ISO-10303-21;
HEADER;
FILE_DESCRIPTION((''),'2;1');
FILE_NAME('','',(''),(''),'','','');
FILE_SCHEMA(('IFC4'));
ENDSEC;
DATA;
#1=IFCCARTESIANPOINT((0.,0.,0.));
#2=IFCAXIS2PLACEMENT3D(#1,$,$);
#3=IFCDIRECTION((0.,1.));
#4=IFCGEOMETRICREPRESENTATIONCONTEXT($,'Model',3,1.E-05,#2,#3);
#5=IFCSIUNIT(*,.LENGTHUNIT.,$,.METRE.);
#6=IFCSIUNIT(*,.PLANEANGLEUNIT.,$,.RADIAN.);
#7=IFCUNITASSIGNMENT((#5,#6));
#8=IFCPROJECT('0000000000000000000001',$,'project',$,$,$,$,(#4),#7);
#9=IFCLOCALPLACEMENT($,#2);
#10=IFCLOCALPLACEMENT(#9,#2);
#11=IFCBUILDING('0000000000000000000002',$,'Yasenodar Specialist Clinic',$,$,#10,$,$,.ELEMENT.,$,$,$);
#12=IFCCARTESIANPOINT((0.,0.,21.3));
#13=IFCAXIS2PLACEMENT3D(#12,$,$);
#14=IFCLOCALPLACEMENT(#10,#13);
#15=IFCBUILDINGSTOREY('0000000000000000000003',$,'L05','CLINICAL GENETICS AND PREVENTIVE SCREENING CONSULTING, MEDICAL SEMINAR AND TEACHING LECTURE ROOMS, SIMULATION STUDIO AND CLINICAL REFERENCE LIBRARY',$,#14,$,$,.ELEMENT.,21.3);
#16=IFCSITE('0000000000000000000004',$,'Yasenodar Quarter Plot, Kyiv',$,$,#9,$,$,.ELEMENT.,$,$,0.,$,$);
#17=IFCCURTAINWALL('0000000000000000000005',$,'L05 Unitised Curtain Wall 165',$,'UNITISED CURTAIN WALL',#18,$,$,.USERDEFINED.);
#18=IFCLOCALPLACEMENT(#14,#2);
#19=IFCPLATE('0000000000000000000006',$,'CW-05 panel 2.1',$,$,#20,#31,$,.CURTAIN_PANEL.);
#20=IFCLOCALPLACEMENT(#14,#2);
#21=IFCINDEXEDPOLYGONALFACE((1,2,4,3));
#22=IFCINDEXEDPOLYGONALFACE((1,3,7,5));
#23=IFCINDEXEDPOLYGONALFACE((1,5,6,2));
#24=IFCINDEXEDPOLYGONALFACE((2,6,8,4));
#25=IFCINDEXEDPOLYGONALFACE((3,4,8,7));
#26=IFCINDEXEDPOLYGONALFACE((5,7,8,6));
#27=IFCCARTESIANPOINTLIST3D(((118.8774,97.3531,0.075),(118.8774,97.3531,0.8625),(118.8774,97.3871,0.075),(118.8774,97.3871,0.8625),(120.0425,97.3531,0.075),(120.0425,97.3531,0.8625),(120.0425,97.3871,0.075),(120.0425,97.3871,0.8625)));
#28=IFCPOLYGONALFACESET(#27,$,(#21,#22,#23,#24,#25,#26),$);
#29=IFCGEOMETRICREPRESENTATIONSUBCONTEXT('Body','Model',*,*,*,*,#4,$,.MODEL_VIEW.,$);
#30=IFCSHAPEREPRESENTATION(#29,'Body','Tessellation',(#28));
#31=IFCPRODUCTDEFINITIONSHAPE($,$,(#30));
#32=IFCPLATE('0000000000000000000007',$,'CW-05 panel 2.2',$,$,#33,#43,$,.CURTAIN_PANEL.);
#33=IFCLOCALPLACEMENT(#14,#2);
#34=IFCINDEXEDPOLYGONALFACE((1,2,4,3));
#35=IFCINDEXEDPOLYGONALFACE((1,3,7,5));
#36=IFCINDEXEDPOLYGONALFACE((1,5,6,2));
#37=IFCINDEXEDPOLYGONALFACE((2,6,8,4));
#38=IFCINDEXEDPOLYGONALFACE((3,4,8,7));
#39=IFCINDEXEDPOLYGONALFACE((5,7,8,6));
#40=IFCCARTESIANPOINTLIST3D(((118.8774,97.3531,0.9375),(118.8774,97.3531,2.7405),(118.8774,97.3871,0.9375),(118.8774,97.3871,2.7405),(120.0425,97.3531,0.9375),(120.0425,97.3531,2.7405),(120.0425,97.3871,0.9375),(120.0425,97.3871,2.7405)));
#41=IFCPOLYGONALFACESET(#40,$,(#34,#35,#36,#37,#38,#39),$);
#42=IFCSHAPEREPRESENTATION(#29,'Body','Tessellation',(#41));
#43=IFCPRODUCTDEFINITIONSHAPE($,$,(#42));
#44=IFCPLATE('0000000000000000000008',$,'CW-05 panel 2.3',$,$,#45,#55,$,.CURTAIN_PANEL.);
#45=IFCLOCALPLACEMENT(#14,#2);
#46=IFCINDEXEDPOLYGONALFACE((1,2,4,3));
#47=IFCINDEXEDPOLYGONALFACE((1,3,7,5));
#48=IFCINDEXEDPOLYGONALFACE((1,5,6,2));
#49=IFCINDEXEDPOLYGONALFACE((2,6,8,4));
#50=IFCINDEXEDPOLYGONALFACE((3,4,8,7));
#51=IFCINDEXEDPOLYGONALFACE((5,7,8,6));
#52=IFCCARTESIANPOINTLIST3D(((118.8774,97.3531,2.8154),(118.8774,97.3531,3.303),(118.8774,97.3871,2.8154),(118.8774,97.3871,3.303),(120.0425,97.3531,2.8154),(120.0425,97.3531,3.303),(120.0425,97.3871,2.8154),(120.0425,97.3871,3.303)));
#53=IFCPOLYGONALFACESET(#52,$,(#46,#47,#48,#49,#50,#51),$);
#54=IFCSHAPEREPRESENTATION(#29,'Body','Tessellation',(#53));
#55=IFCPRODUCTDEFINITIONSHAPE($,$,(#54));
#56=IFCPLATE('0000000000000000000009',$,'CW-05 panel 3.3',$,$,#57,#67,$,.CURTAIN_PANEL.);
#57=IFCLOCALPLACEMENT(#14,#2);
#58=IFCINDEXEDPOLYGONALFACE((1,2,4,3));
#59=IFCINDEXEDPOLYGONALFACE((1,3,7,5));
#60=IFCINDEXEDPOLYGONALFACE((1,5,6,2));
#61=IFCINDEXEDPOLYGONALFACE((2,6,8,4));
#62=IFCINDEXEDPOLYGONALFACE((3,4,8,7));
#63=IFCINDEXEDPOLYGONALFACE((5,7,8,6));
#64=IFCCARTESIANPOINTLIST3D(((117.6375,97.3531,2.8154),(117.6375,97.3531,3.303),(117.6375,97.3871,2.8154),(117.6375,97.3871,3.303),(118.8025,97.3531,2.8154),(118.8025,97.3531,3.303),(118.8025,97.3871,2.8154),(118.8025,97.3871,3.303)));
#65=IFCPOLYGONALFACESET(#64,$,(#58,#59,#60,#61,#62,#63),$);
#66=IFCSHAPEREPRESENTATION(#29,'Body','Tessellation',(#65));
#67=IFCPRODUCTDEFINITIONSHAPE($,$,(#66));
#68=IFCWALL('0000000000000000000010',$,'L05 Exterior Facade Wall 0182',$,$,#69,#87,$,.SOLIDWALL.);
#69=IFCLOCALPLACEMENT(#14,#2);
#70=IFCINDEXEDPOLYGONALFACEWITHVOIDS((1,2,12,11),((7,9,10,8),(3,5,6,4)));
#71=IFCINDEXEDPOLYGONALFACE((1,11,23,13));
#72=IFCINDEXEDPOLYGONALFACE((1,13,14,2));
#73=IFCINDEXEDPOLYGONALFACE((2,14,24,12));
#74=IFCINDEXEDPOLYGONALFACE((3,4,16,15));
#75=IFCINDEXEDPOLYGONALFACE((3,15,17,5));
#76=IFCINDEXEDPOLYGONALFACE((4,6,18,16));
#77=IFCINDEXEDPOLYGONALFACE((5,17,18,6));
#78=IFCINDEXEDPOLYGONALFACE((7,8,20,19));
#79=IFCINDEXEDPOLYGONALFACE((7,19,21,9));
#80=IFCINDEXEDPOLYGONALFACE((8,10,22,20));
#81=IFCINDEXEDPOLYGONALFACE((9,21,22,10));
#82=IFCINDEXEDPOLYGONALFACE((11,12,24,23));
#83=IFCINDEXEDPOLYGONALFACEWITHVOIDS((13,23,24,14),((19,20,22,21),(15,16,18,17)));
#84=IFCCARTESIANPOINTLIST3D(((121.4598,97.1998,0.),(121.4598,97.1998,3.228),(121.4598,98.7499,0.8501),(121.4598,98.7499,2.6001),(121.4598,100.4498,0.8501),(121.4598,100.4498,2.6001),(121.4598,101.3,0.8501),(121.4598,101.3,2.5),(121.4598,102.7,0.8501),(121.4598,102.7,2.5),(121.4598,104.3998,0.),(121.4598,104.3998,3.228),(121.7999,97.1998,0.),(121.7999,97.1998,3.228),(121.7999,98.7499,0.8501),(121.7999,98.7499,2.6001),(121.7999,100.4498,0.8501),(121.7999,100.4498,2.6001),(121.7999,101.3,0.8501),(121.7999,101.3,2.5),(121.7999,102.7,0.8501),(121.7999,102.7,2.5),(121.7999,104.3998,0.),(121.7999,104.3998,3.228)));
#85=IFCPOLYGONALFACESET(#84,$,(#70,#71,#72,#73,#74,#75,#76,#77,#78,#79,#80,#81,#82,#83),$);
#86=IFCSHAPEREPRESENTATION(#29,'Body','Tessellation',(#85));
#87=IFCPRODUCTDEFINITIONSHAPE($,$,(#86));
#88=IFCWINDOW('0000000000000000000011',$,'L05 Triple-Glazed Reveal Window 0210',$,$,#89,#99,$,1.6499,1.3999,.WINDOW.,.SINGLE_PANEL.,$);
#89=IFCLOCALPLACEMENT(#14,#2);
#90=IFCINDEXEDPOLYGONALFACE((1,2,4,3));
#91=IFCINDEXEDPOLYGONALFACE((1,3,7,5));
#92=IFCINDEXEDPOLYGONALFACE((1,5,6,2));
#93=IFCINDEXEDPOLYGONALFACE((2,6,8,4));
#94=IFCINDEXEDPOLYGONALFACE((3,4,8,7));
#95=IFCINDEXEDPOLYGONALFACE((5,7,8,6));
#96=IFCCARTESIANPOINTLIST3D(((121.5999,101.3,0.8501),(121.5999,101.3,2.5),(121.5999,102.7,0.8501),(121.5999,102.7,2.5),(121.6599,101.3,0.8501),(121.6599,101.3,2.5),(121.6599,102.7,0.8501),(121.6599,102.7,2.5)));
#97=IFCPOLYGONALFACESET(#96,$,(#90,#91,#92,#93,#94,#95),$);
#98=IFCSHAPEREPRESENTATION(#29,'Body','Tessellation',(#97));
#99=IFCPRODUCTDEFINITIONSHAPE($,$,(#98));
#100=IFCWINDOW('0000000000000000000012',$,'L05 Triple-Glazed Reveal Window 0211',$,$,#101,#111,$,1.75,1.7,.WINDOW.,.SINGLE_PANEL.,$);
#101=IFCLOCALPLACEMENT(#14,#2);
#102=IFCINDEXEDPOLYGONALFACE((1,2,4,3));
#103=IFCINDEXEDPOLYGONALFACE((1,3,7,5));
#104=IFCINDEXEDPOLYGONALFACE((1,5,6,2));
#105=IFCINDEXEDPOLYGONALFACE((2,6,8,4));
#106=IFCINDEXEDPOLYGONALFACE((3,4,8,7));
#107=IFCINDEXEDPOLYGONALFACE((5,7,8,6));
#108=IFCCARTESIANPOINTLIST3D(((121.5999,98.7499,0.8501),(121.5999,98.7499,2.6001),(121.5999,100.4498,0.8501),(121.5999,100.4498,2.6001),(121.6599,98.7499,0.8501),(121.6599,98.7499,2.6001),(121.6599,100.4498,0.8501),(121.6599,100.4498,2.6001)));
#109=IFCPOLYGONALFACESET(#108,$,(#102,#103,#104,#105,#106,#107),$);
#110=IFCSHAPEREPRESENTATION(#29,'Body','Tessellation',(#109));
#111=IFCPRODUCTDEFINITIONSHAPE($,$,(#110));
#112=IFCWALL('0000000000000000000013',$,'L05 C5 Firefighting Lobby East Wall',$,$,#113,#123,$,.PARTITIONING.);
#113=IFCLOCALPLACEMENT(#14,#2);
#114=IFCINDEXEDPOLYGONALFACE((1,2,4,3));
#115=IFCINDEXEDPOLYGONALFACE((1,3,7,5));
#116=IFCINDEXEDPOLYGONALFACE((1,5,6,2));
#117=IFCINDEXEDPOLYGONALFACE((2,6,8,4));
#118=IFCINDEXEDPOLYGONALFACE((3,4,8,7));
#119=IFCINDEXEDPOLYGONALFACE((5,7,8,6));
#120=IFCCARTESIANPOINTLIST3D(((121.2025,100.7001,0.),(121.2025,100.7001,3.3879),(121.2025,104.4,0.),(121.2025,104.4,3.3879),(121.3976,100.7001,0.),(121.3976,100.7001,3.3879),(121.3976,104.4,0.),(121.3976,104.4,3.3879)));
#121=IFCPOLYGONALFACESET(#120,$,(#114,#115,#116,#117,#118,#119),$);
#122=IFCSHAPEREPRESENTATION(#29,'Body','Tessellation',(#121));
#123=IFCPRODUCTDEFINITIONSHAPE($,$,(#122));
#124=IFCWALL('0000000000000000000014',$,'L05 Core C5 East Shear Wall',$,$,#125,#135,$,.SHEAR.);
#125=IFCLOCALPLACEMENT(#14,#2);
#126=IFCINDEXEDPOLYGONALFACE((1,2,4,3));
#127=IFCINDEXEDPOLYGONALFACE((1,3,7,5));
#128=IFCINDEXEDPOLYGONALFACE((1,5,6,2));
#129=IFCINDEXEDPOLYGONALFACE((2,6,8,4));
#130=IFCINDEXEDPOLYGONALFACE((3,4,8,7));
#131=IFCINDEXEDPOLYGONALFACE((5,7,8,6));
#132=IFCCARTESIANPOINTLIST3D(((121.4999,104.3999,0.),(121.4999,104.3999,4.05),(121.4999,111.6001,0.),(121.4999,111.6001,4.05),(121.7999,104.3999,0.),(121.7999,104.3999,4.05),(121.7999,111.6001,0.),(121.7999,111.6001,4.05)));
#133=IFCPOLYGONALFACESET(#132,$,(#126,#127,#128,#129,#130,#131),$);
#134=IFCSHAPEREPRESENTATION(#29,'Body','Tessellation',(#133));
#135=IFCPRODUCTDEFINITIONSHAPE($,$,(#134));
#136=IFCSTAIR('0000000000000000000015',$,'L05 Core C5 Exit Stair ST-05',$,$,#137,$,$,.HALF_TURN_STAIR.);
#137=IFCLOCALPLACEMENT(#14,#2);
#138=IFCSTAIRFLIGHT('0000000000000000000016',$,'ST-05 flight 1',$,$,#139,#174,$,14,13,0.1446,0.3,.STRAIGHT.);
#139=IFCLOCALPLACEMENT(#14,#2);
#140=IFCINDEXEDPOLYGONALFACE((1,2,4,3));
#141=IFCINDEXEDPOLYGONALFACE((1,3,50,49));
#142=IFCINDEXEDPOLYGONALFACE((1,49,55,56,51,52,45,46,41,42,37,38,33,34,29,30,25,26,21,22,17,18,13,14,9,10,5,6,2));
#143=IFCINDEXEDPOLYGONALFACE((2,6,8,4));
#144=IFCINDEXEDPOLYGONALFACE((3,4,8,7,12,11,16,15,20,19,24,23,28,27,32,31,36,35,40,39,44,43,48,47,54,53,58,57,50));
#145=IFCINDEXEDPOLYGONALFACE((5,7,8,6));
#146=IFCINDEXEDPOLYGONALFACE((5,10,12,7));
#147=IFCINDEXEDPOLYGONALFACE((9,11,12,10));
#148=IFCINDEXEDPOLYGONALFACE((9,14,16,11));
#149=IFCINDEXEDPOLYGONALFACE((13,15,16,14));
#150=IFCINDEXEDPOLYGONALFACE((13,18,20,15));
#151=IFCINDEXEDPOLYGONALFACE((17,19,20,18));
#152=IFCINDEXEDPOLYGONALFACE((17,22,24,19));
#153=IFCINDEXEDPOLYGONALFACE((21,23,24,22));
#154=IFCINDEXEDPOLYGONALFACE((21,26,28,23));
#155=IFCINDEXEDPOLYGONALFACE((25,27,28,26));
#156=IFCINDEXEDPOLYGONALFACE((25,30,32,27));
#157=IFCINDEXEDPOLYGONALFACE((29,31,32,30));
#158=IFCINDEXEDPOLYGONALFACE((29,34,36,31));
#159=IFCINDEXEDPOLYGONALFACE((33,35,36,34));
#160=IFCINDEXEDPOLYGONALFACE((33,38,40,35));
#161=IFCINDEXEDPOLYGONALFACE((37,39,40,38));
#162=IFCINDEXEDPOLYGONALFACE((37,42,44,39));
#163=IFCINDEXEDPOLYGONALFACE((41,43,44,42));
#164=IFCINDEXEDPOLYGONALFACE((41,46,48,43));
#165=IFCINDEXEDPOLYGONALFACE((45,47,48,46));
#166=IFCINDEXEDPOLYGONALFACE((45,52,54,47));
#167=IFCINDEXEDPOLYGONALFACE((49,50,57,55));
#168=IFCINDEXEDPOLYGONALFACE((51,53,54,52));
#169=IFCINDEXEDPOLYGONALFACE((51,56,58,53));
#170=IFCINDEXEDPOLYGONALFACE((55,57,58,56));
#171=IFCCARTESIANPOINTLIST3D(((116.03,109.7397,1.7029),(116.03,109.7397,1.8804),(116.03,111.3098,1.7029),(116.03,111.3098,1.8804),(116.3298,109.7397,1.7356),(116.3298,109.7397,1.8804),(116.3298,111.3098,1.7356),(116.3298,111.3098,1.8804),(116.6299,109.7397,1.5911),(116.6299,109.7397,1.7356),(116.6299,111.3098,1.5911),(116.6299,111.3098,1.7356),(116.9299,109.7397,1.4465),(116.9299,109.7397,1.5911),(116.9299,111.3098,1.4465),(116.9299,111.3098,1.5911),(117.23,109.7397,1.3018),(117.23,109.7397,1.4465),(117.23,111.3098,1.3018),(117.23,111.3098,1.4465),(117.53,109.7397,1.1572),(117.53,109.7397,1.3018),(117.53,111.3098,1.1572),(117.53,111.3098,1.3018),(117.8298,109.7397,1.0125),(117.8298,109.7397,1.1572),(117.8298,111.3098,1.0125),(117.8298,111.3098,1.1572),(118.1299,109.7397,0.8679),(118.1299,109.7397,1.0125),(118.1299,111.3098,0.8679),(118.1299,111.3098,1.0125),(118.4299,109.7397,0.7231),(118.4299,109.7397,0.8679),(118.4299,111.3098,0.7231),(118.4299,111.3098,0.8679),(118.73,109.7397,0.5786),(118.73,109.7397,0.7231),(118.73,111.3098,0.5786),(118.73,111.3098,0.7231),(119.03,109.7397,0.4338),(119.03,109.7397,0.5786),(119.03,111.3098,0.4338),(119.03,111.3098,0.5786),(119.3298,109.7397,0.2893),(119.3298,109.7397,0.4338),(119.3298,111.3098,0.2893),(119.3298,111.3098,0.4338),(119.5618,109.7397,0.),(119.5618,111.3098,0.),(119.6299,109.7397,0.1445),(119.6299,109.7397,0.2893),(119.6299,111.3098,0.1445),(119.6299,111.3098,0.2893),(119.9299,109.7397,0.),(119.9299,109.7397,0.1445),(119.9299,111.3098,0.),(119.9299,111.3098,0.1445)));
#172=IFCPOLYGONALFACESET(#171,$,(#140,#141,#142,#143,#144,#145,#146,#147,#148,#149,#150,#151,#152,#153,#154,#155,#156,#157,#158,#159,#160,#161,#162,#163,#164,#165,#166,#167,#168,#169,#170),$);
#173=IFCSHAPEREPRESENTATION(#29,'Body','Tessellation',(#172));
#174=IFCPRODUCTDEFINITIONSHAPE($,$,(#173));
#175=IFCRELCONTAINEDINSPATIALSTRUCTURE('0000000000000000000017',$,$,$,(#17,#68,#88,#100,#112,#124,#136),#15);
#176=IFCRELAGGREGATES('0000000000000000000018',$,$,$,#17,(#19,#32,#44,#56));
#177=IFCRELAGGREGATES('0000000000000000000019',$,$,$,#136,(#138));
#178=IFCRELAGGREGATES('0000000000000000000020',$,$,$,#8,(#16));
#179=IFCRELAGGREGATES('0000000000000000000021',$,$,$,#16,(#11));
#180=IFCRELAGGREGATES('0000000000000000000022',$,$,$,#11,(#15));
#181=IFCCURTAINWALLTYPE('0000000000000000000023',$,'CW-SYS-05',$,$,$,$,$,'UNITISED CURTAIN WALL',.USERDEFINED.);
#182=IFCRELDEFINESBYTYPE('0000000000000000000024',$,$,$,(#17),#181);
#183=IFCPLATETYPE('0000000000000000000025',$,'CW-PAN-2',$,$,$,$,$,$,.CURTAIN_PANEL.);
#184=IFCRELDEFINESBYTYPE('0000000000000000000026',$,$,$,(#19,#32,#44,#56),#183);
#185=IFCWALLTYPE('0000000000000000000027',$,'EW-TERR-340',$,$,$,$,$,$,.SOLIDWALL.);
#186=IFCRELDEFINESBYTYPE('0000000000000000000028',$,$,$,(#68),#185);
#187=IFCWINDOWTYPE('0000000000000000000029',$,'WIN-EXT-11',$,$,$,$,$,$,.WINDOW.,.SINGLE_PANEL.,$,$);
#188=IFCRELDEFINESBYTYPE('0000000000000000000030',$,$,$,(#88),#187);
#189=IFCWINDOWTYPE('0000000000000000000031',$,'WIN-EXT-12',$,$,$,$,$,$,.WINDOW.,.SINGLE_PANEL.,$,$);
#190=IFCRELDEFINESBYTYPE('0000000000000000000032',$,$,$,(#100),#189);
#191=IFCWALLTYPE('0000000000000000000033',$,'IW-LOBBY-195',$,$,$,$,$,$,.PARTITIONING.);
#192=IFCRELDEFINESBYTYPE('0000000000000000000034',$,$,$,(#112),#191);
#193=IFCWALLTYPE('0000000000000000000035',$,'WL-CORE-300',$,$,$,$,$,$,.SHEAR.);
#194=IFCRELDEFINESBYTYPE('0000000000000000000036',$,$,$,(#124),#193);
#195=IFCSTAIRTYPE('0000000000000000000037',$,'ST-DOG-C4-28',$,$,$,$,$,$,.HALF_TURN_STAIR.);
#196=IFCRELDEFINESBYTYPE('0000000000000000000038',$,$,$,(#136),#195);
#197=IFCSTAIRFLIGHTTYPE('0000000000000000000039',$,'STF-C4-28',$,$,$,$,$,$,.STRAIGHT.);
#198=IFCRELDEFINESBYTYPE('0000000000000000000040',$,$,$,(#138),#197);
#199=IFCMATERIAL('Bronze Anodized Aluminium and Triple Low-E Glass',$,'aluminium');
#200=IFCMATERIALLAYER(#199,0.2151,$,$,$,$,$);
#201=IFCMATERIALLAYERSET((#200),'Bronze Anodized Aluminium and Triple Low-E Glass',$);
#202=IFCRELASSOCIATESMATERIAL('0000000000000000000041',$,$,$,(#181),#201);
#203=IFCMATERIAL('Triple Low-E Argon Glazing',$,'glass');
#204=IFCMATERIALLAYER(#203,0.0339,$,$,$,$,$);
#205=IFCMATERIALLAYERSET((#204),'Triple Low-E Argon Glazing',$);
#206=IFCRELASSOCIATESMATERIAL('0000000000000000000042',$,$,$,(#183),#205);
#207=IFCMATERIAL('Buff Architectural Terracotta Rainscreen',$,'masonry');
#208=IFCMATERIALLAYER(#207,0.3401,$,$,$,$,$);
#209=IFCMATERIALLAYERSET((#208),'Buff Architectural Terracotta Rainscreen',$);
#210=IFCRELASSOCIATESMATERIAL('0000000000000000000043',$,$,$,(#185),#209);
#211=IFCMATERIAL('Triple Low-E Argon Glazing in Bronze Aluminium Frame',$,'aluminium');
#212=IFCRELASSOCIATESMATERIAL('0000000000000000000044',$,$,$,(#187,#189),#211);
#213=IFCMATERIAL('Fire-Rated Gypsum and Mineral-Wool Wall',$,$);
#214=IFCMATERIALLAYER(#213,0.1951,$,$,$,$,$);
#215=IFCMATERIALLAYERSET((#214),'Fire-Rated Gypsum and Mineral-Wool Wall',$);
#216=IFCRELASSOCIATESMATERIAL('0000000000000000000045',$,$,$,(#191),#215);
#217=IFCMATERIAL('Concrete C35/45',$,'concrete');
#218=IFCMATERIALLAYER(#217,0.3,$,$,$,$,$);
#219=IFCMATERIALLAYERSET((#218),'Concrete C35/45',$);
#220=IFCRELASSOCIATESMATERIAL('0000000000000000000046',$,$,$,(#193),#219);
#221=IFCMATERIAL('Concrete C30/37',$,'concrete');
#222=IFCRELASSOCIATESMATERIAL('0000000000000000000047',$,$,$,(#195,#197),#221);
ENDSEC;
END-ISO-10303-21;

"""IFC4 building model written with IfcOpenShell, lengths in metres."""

from ifc_helpers import new_model, si_unit, direction, frame, frame_2d, origin, origin_2d, place, context, subcontext, project, spatial, polyline, rectangle, outline, extrude, material, layer, layer_set, type_object, element, fill, aggregate, save


model = new_model("IFC4")

# Units and contexts
model_context = context("Model", 3, precision=1e-05, world=origin(), true_north=direction((0.0, 1.0)))
body_context = subcontext(model_context, "Body", "Model", "MODEL_VIEW")
ifc_project = project(units=[si_unit("LENGTHUNIT", "METRE"), si_unit("PLANEANGLEUNIT", "RADIAN")], contexts=[model_context])

# Site, building, storey
site_placement = place(None, origin())
site = spatial("IfcSite", under=ifc_project, at=site_placement, Name="Yasenodar Quarter Plot, Kyiv", CompositionType="ELEMENT", RefElevation=0.0)
building_placement = place(site_placement, origin())
building = spatial("IfcBuilding", under=site, at=building_placement, Name="Yasenodar Specialist Clinic", CompositionType="ELEMENT")
storey_placement = place(building_placement, frame((0.0, 0.0, 21.3)))
storey = spatial("IfcBuildingStorey", under=building, at=storey_placement, Name="L05", Description="CLINICAL GENETICS AND PREVENTIVE SCREENING CONSULTING, MEDICAL SEMINAR AND TEACHING LECTURE ROOMS, SIMULATION STUDIO AND CLINICAL REFERENCE LIBRARY", CompositionType="ELEMENT", Elevation=21.3)

# Curtain wall, plates
ifc_material_1 = material(Name="Bronze Anodized Aluminium and Triple Low-E Glass", Category="aluminium")
ifc_layer_1 = layer(ifc_material_1, 0.2151)
ifc_layer_set_1 = layer_set([ifc_layer_1], Name="Bronze Anodized Aluminium and Triple Low-E Glass")
curtain_wall_type = type_object("IfcCurtainWallType", Name="CW-SYS-05", ElementType="UNITISED CURTAIN WALL", PredefinedType="USERDEFINED", material=ifc_layer_set_1)
curtain_wall_placement = place(storey_placement, origin())
curtain_wall = element("IfcCurtainWall", 1, at=curtain_wall_placement, inside=storey, type_object=curtain_wall_type, Name="L05 Unitised Curtain Wall 165", ObjectType="UNITISED CURTAIN WALL", PredefinedType="USERDEFINED")
ifc_material_2 = material(Name="Triple Low-E Argon Glazing", Category="glass")
ifc_layer_2 = layer(ifc_material_2, 0.0339)
ifc_layer_set_2 = layer_set([ifc_layer_2], Name="Triple Low-E Argon Glazing")
plate_type = type_object("IfcPlateType", Name="CW-PAN-2", PredefinedType="CURTAIN_PANEL", material=ifc_layer_set_2)
plate_1_placement = place(storey_placement, frame((119.46, 97.3701, 0.075), z_axis=(0.0, 0.0, 1.0), x_axis=(-1.0, 0.0, 0.0)))
plate_1 = element("IfcPlate", 2, at=plate_1_placement, type_object=plate_type, Name="CW-05 panel 2.1", PredefinedType="CURTAIN_PANEL", context=body_context, shape_type="SweptSolid", body=[
    extrude(rectangle(XDim=1.165, YDim=0.0339, at=origin_2d()), origin(), (0.0, 0.0, 1.0), 0.7876),
])
plate_2_placement = place(storey_placement, frame((119.46, 97.3701, 0.9375), z_axis=(0.0, 0.0, 1.0), x_axis=(-1.0, 0.0, 0.0)))
plate_2 = element("IfcPlate", 3, at=plate_2_placement, type_object=plate_type, Name="CW-05 panel 2.2", PredefinedType="CURTAIN_PANEL", context=body_context, shape_type="SweptSolid", body=[
    extrude(rectangle(XDim=1.165, YDim=0.0339, at=origin_2d()), origin(), (0.0, 0.0, 1.0), 1.803),
])
plate_3_placement = place(storey_placement, frame((119.46, 97.3701, 2.8154), z_axis=(0.0, 0.0, 1.0), x_axis=(-1.0, 0.0, 0.0)))
plate_3 = element("IfcPlate", 4, at=plate_3_placement, type_object=plate_type, Name="CW-05 panel 2.3", PredefinedType="CURTAIN_PANEL", context=body_context, shape_type="SweptSolid", body=[
    extrude(rectangle(XDim=1.165, YDim=0.0339, at=origin_2d()), origin(), (0.0, 0.0, 1.0), 0.4875),
])
plate_4_placement = place(storey_placement, frame((118.22, 97.3701, 2.8154), z_axis=(0.0, 0.0, 1.0), x_axis=(-1.0, 0.0, 0.0)))
plate_4 = element("IfcPlate", 5, at=plate_4_placement, type_object=plate_type, Name="CW-05 panel 3.3", PredefinedType="CURTAIN_PANEL", context=body_context, shape_type="SweptSolid", body=[
    extrude(rectangle(XDim=1.165, YDim=0.0339, at=origin_2d()), origin(), (0.0, 0.0, 1.0), 0.4875),
])
aggregate(curtain_wall, [plate_1, plate_2, plate_3, plate_4])

# Wall, openings, windows
ifc_material_3 = material(Name="Buff Architectural Terracotta Rainscreen", Category="masonry")
ifc_layer_3 = layer(ifc_material_3, 0.3401)
ifc_layer_set_3 = layer_set([ifc_layer_3], Name="Buff Architectural Terracotta Rainscreen")
wall_type_1 = type_object("IfcWallType", Name="EW-TERR-340", PredefinedType="SOLIDWALL", material=ifc_layer_set_3)
wall_1_placement = place(storey_placement, frame((121.6299, 104.3999, 0.0), z_axis=(0.0, 0.0, 1.0), x_axis=(0.0, -1.0, 0.0)))
wall_1 = element("IfcWall", 6, at=wall_1_placement, inside=storey, type_object=wall_type_1, Name="L05 Exterior Facade Wall 0182", PredefinedType="SOLIDWALL", context=body_context, shape_type="SweptSolid", body=[
    extrude(rectangle(XDim=7.2, YDim=0.3401, at=frame_2d((3.6001, 0.0))), origin(), (0.0, 0.0, 1.0), 3.228),
])
opening_1_placement = place(wall_1_placement, frame((1.7, 0.0, 0.8501)))
opening_1 = element("IfcOpeningElement", 7, at=opening_1_placement, cuts=wall_1, PredefinedType="OPENING", context=body_context, shape_type="SweptSolid", body=[
    extrude(rectangle(XDim=1.3999, YDim=1.6499, at=frame_2d((0.7, 0.825))), frame((0.0, 0.1802, 0.0), z_axis=(0.0, -1.0, 0.0), x_axis=(1.0, 0.0, 0.0)), (0.0, 0.0, 1.0), 0.3601),
])
opening_2_placement = place(wall_1_placement, frame((3.95, 0.0, 0.8501)))
opening_2 = element("IfcOpeningElement", 8, at=opening_2_placement, cuts=wall_1, PredefinedType="OPENING", context=body_context, shape_type="SweptSolid", body=[
    extrude(rectangle(XDim=1.7, YDim=1.75, at=frame_2d((0.8501, 0.875))), frame((0.0, 0.1802, 0.0), z_axis=(0.0, -1.0, 0.0), x_axis=(1.0, 0.0, 0.0)), (0.0, 0.0, 1.0), 0.3601),
])
ifc_material_4 = material(Name="Triple Low-E Argon Glazing in Bronze Aluminium Frame", Category="aluminium")
window_type_1 = type_object("IfcWindowType", Name="WIN-EXT-11", PartitioningType="SINGLE_PANEL", PredefinedType="WINDOW", material=ifc_material_4)
window_1_placement = place(opening_1_placement, origin())
window_1 = element("IfcWindow", 9, at=window_1_placement, inside=storey, type_object=window_type_1, Name="L05 Triple-Glazed Reveal Window 0210", OverallHeight=1.6499, OverallWidth=1.3999, PartitioningType="SINGLE_PANEL", PredefinedType="WINDOW", context=body_context, shape_type="SweptSolid", body=[
    extrude(rectangle(XDim=1.3999, YDim=1.6499, at=frame_2d((0.7, 0.825))), frame((0.0, 0.03, 0.0), z_axis=(0.0, -1.0, 0.0), x_axis=(1.0, 0.0, 0.0)), (0.0, 0.0, 1.0), 0.0601),
])
fill(opening_1, window_1)
window_type_2 = type_object("IfcWindowType", Name="WIN-EXT-12", PartitioningType="SINGLE_PANEL", PredefinedType="WINDOW", material=ifc_material_4)
window_2_placement = place(opening_2_placement, origin())
window_2 = element("IfcWindow", 10, at=window_2_placement, inside=storey, type_object=window_type_2, Name="L05 Triple-Glazed Reveal Window 0211", OverallHeight=1.75, OverallWidth=1.7, PartitioningType="SINGLE_PANEL", PredefinedType="WINDOW", context=body_context, shape_type="SweptSolid", body=[
    extrude(rectangle(XDim=1.7, YDim=1.75, at=frame_2d((0.8501, 0.875))), frame((0.0, 0.03, 0.0), z_axis=(0.0, -1.0, 0.0), x_axis=(1.0, 0.0, 0.0)), (0.0, 0.0, 1.0), 0.0601),
])
fill(opening_2, window_2)

# Walls
ifc_material_5 = material(Name="Fire-Rated Gypsum and Mineral-Wool Wall")
ifc_layer_4 = layer(ifc_material_5, 0.1951)
ifc_layer_set_4 = layer_set([ifc_layer_4], Name="Fire-Rated Gypsum and Mineral-Wool Wall")
wall_type_2 = type_object("IfcWallType", Name="IW-LOBBY-195", PredefinedType="PARTITIONING", material=ifc_layer_set_4)
wall_2_placement = place(storey_placement, frame((121.3, 100.7, 0.0), z_axis=(0.0, 0.0, 1.0), x_axis=(0.0, 1.0, 0.0)))
element("IfcWall", 11, at=wall_2_placement, inside=storey, type_object=wall_type_2, Name="L05 C5 Firefighting Lobby East Wall", PredefinedType="PARTITIONING", context=body_context, shape_type="SweptSolid", body=[
    extrude(rectangle(XDim=3.7, YDim=0.1951, at=frame_2d((1.8501, 0.0))), origin(), (0.0, 0.0, 1.0), 3.3879),
])
ifc_material_6 = material(Name="Concrete C35/45", Category="concrete")
ifc_layer_5 = layer(ifc_material_6, 0.3)
ifc_layer_set_5 = layer_set([ifc_layer_5], Name="Concrete C35/45")
wall_type_3 = type_object("IfcWallType", Name="WL-CORE-300", PredefinedType="SHEAR", material=ifc_layer_set_5)
wall_3_placement = place(storey_placement, frame((121.6499, 111.6001, 0.0), z_axis=(0.0, 0.0, 1.0), x_axis=(0.0, -1.0, 0.0)))
element("IfcWall", 12, at=wall_3_placement, inside=storey, type_object=wall_type_3, Name="L05 Core C5 East Shear Wall", PredefinedType="SHEAR", context=body_context, shape_type="SweptSolid", body=[
    extrude(rectangle(XDim=7.2002, YDim=0.3, at=frame_2d((3.6001, 0.0))), origin(), (0.0, 0.0, 1.0), 4.05),
])

# Stair, stair flight
ifc_material_7 = material(Name="Concrete C30/37", Category="concrete")
stair_type = type_object("IfcStairType", Name="ST-DOG-C4-28", PredefinedType="HALF_TURN_STAIR", material=ifc_material_7)
stair_placement = place(storey_placement, origin())
stair = element("IfcStair", 13, at=stair_placement, inside=storey, type_object=stair_type, Name="L05 Core C5 Exit Stair ST-05", PredefinedType="HALF_TURN_STAIR")
stair_flight_type = type_object("IfcStairFlightType", Name="STF-C4-28", PredefinedType="STRAIGHT", material=ifc_material_7)
stair_flight_placement = place(storey_placement, frame((119.9299, 110.5249, 0.0), z_axis=(0.0, 0.0, 1.0), x_axis=(-1.0, 0.0, 0.0)))
stair_flight = element("IfcStairFlight", 14, at=stair_flight_placement, type_object=stair_flight_type, Name="ST-05 flight 1", NumberOfRisers=14, NumberOfTreads=13, PredefinedType="STRAIGHT", RiserHeight=0.1446, TreadLength=0.3, context=body_context, shape_type="SweptSolid", body=[
    extrude(outline(polyline([(0.0, 0.0), (0.0, 0.1445), (0.3, 0.1445), (0.3, 0.2893), (0.6001, 0.2893), (0.6001, 0.4338), (0.8999, 0.4338), (0.8999, 0.5786), (1.2, 0.5786), (1.2, 0.7231), (1.5, 0.7231), (1.5, 0.8679), (1.8, 0.8679), (1.8, 1.0125), (2.1001, 1.0125), (2.1001, 1.1572), (2.3999, 1.1572), (2.3999, 1.3018), (2.7, 1.3018), (2.7, 1.4465), (3.0, 1.4465), (3.0, 1.5911), (3.3, 1.5911), (3.3, 1.7356), (3.6001, 1.7356), (3.6001, 1.8804), (3.8999, 1.8804), (3.8999, 2.0249), (3.8999, 1.7029), (0.3682, 0.0), (0.0, 0.0)])), frame((0.0, 0.7852, 0.0), z_axis=(0.0, -1.0, 0.0), x_axis=(1.0, 0.0, 0.0)), (0.0, 0.0, 1.0), 1.5701),
])
aggregate(stair, [stair_flight])

save(model, "model.ifc")
